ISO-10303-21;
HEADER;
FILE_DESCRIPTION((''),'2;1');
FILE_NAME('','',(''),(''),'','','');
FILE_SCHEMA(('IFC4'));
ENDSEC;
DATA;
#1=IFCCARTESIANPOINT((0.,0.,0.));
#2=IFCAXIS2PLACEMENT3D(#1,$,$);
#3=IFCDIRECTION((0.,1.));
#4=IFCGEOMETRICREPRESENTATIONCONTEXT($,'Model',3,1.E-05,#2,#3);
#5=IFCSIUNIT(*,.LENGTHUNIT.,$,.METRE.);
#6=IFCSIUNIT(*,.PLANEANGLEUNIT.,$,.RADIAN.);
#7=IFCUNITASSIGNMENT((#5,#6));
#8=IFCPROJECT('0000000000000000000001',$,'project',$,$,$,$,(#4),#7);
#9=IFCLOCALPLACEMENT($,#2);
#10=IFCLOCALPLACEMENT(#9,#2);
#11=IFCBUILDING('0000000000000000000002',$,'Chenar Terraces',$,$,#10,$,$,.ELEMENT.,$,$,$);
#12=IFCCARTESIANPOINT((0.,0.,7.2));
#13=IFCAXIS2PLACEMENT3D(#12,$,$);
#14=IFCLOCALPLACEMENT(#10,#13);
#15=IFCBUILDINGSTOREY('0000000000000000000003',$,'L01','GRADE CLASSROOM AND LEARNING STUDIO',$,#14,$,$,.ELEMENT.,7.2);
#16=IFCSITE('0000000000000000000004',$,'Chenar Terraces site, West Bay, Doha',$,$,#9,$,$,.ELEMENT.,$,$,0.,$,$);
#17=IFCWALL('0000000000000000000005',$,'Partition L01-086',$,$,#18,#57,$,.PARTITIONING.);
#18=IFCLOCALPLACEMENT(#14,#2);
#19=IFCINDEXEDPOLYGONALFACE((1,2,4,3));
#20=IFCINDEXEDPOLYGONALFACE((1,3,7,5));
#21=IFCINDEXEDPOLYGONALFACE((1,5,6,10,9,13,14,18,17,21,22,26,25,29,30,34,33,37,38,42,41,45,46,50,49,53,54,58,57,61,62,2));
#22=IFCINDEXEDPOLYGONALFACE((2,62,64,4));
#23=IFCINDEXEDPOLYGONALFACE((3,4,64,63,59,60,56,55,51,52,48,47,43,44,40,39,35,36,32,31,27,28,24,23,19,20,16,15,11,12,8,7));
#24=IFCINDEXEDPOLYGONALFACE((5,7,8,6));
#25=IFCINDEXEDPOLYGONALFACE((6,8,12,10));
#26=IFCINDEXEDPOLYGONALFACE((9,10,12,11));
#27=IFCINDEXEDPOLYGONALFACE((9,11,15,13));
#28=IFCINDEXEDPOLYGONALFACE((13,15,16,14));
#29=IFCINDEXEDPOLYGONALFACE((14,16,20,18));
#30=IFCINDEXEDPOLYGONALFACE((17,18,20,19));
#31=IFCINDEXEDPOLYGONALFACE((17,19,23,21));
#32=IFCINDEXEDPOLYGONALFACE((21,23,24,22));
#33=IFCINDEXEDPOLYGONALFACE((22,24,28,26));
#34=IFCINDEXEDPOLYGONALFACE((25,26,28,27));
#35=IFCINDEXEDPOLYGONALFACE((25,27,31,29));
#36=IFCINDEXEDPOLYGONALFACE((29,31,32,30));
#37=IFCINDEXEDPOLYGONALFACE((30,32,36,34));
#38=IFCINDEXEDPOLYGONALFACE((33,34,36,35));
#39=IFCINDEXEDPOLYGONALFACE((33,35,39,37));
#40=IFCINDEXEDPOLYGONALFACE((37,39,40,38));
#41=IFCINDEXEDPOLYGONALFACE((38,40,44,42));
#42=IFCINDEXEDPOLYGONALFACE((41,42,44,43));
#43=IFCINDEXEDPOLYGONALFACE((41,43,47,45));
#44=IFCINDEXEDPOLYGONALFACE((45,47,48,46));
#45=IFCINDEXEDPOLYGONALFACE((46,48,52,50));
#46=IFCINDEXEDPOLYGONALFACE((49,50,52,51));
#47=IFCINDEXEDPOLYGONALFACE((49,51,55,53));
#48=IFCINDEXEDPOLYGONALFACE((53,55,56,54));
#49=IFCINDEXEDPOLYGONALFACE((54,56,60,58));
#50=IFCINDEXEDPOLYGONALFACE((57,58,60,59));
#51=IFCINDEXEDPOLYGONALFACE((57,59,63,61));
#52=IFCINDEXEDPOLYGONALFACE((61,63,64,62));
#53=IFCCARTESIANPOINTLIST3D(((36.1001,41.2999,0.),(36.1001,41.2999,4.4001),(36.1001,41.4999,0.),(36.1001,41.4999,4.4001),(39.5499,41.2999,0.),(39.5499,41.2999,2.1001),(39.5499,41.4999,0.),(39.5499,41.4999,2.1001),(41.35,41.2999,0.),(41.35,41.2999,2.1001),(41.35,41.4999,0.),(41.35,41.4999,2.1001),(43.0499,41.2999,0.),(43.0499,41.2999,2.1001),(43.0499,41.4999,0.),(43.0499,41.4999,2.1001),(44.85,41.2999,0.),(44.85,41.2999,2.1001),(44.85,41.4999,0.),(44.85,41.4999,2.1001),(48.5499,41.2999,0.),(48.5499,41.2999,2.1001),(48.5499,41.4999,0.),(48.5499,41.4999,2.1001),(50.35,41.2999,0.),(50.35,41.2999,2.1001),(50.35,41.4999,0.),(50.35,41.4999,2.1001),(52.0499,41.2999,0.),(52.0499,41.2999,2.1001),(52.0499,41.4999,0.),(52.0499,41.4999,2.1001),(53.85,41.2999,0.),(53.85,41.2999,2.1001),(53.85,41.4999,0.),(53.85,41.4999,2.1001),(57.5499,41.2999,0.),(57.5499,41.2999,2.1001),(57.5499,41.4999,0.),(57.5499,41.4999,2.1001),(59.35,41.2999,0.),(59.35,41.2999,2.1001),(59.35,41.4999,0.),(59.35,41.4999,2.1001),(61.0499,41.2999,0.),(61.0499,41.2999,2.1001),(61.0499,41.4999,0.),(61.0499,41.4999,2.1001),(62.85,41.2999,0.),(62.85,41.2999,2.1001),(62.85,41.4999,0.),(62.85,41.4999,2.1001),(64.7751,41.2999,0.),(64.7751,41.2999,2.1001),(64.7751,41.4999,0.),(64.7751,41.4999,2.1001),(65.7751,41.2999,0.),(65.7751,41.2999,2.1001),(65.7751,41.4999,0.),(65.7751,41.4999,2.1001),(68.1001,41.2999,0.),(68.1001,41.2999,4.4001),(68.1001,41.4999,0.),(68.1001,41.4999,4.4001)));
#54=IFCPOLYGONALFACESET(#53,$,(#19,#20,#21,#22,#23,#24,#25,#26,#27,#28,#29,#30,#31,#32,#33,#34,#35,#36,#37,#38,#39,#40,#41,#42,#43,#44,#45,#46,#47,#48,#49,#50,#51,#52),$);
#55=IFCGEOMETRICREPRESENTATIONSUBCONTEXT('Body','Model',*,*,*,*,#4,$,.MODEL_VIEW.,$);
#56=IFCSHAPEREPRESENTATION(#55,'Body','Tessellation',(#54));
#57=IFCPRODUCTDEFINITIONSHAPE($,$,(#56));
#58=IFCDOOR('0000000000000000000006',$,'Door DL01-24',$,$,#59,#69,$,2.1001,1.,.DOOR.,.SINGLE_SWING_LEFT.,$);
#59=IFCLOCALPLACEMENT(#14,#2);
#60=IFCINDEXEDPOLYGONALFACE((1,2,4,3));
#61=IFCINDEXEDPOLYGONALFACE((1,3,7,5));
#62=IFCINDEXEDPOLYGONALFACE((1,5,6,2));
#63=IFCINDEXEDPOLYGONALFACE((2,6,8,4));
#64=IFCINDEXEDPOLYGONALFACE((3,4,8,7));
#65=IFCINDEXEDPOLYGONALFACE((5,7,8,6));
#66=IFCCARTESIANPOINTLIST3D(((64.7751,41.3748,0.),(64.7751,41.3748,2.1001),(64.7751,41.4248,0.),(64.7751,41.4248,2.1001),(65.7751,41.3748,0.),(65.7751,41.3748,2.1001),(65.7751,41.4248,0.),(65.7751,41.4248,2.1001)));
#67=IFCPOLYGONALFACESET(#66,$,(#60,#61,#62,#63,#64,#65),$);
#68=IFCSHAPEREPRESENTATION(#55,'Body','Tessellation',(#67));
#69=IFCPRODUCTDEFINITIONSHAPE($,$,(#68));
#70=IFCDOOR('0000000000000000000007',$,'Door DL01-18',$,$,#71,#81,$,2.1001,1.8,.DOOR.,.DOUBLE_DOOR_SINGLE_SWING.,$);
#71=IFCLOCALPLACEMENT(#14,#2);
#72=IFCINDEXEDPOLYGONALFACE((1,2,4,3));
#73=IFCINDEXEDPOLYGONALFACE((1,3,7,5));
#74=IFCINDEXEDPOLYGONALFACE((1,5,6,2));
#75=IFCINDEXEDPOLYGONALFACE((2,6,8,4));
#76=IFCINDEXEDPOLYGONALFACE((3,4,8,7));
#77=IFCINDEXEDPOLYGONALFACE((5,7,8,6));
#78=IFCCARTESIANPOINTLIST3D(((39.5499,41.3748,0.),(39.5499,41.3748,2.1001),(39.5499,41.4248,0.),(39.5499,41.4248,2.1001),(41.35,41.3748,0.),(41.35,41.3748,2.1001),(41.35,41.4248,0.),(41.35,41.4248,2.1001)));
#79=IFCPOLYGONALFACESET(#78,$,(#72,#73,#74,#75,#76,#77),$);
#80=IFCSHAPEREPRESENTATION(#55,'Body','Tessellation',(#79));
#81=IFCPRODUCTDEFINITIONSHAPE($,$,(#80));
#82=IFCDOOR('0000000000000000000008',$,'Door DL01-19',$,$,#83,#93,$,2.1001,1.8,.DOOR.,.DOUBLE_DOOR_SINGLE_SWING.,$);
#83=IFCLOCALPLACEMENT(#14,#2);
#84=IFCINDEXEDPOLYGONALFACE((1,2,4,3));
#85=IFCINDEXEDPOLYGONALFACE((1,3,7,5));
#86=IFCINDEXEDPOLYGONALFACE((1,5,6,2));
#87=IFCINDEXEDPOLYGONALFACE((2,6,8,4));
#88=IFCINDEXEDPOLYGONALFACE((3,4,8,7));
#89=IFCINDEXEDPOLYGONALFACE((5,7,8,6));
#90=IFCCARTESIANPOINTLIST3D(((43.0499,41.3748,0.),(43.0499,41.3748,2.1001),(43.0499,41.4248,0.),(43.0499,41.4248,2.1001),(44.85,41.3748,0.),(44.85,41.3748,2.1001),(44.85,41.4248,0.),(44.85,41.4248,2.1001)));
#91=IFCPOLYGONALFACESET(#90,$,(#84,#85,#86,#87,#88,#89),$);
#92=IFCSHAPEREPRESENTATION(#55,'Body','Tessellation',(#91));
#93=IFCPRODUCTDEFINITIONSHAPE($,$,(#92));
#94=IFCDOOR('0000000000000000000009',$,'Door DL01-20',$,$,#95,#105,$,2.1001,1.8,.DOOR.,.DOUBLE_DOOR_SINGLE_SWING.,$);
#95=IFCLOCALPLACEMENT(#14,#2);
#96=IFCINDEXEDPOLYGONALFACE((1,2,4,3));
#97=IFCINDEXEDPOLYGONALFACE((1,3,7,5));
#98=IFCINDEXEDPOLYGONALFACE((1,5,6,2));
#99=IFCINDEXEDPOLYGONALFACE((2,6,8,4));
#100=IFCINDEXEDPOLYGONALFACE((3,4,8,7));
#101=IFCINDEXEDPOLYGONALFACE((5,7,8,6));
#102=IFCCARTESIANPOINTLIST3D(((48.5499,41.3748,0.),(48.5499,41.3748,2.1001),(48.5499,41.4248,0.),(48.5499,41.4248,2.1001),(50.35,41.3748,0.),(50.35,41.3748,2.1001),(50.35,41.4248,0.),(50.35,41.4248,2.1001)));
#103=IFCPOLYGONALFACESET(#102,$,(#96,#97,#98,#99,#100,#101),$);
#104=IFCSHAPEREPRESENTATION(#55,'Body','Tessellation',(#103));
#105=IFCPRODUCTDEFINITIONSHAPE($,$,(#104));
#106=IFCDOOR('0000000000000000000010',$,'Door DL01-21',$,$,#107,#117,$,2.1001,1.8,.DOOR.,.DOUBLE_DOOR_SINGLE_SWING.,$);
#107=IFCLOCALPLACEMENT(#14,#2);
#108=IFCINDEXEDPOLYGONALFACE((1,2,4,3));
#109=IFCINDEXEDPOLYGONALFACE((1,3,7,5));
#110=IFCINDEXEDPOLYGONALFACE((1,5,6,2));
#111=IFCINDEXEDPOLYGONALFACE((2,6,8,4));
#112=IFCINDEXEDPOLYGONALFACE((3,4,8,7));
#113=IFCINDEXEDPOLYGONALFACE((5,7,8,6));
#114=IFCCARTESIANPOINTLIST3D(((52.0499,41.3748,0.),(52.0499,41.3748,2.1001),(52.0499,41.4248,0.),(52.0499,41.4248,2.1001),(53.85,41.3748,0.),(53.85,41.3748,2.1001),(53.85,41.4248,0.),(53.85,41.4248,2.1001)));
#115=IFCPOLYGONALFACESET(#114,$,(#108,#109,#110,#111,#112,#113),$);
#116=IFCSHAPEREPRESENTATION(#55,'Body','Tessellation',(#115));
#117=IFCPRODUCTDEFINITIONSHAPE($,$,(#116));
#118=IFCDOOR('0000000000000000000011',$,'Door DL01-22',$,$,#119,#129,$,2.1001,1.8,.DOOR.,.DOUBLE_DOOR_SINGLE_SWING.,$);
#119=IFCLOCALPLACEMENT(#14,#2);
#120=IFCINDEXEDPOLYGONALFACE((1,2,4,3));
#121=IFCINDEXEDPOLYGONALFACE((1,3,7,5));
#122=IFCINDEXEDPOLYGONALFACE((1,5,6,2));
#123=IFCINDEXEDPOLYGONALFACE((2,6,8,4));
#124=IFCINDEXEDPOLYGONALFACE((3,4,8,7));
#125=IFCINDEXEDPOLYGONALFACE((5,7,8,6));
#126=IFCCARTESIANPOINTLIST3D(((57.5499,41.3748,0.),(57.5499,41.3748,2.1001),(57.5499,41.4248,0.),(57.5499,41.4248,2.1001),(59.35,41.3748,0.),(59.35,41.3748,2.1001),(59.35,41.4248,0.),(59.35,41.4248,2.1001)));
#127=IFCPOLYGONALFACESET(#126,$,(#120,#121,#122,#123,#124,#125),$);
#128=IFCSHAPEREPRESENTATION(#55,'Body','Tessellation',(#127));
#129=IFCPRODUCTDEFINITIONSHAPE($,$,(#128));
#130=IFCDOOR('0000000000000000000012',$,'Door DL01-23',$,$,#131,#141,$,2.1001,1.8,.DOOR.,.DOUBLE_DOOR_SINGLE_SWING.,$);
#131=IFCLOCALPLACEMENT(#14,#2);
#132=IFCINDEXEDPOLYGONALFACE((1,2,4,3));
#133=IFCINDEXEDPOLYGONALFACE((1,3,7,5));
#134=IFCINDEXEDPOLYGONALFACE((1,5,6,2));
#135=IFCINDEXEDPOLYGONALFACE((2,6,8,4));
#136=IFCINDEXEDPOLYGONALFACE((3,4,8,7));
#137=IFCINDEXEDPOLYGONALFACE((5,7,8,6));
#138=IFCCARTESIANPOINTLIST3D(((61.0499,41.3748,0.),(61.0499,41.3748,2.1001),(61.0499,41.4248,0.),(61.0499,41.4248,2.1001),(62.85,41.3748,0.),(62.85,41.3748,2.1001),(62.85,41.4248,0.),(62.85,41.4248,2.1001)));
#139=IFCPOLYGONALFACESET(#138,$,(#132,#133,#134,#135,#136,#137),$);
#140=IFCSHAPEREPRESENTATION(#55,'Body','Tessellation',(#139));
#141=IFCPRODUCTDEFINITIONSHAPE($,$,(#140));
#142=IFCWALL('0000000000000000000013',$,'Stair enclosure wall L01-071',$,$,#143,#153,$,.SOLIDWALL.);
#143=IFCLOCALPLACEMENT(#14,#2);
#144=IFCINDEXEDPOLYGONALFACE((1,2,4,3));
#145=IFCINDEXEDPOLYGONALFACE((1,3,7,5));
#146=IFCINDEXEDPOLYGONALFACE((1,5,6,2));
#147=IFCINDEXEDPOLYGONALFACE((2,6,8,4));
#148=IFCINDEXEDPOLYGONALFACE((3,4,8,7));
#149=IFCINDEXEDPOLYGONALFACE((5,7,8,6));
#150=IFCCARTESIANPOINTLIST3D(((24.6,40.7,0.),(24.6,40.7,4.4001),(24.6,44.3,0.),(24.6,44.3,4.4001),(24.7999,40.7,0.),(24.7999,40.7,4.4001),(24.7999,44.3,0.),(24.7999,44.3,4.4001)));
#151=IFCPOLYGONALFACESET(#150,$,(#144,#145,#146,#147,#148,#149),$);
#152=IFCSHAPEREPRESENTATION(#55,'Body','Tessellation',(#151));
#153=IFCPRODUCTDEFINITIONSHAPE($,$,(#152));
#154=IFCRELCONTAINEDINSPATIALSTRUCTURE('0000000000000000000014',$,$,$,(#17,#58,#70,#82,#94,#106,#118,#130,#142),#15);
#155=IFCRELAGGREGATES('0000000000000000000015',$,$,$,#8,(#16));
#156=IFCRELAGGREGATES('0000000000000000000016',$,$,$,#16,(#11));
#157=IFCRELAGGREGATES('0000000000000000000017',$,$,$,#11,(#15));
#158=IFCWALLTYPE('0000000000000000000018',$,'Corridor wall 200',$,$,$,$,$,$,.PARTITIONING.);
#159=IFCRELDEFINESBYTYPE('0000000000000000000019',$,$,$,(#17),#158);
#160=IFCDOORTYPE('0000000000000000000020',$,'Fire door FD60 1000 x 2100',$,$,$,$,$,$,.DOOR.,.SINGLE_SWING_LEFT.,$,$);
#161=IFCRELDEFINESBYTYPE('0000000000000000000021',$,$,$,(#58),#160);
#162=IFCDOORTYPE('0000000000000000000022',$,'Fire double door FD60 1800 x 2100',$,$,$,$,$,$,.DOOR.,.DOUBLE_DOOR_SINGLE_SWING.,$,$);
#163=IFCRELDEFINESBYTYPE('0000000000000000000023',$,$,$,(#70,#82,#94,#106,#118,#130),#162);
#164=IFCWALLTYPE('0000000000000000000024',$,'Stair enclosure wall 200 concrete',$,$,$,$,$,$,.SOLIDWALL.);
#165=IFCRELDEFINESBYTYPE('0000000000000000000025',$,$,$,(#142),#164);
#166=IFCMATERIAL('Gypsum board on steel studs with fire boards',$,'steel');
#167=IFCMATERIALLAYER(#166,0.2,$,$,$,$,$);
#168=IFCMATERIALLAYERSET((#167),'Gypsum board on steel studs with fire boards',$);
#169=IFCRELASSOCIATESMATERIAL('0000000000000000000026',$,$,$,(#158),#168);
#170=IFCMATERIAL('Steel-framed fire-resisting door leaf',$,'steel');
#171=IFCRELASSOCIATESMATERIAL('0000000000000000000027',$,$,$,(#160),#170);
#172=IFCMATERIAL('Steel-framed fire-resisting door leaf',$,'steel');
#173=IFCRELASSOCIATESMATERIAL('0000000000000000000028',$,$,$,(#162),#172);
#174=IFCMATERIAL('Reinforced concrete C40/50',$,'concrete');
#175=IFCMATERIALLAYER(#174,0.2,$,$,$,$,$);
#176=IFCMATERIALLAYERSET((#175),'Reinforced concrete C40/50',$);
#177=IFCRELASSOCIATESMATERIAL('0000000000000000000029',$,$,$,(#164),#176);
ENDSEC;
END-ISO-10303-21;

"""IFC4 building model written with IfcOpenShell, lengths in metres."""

from ifc_helpers import new_model, si_unit, direction, frame, frame_2d, origin, place, context, subcontext, project, spatial, rectangle, extrude, material, layer, layer_set, type_object, element, fill, save


model = new_model("IFC4")

# Units and contexts
model_context = context("Model", 3, precision=1e-05, world=origin(), true_north=direction((0.0, 1.0)))
body_context = subcontext(model_context, "Body", "Model", "MODEL_VIEW")
ifc_project = project(units=[si_unit("LENGTHUNIT", "METRE"), si_unit("PLANEANGLEUNIT", "RADIAN")], contexts=[model_context])

# Site, building, storey
site_placement = place(None, origin())
site = spatial("IfcSite", under=ifc_project, at=site_placement, Name="Chenar Terraces site, West Bay, Doha", CompositionType="ELEMENT", RefElevation=0.0)
building_placement = place(site_placement, origin())
building = spatial("IfcBuilding", under=site, at=building_placement, Name="Chenar Terraces", CompositionType="ELEMENT")
storey_placement = place(building_placement, frame((0.0, 0.0, 7.2)))
storey = spatial("IfcBuildingStorey", under=building, at=storey_placement, Name="L01", Description="GRADE CLASSROOM AND LEARNING STUDIO", CompositionType="ELEMENT", Elevation=7.2)

# Shared definitions
ifc_material_1 = material(Name="Gypsum board on steel studs with fire boards", Category="steel")
ifc_layer_1 = layer(ifc_material_1, 0.2)
ifc_layer_set_1 = layer_set([ifc_layer_1], Name="Gypsum board on steel studs with fire boards")
wall_type_1 = type_object("IfcWallType", Name="Corridor wall 200", PredefinedType="PARTITIONING", material=ifc_layer_set_1)
ifc_material_2 = material(Name="Steel-framed fire-resisting door leaf", Category="steel")
door_type_1 = type_object("IfcDoorType", Name="Fire door FD60 1000 x 2100", OperationType="SINGLE_SWING_LEFT", PredefinedType="DOOR", material=ifc_material_2)

# Wall, openings, doors
wall_1_placement = place(storey_placement, frame((36.1001, 41.3999, 0.0), z_axis=(0.0, 0.0, 1.0), x_axis=(1.0, 0.0, 0.0)))
wall_1 = element("IfcWall", 1, at=wall_1_placement, inside=storey, type_object=wall_type_1, Name="Partition L01-086", PredefinedType="PARTITIONING", context=body_context, shape_type="SweptSolid", body=[
    extrude(rectangle(XDim=32.0, YDim=0.2, at=frame_2d((16.0, 0.0))), origin(), (0.0, 0.0, 1.0), 4.4001),
])
opening_1_placement = place(wall_1_placement, frame((3.45, 0.0, 0.0)))
opening_1 = element("IfcOpeningElement", 2, at=opening_1_placement, cuts=wall_1, PredefinedType="OPENING", context=body_context, shape_type="SweptSolid", body=[
    extrude(rectangle(XDim=1.8, YDim=2.1001, at=frame_2d((0.8999, 1.05))), frame((0.0, 0.1099, 0.0), z_axis=(0.0, -1.0, 0.0), x_axis=(1.0, 0.0, 0.0)), (0.0, 0.0, 1.0), 0.22),
])
opening_2_placement = place(wall_1_placement, frame((6.95, 0.0, 0.0)))
opening_2 = element("IfcOpeningElement", 3, at=opening_2_placement, cuts=wall_1, PredefinedType="OPENING", context=body_context, shape_type="SweptSolid", body=[
    extrude(rectangle(XDim=1.8, YDim=2.1001, at=frame_2d((0.8999, 1.05))), frame((0.0, 0.1099, 0.0), z_axis=(0.0, -1.0, 0.0), x_axis=(1.0, 0.0, 0.0)), (0.0, 0.0, 1.0), 0.22),
])
opening_3_placement = place(wall_1_placement, frame((12.45, 0.0, 0.0)))
opening_3 = element("IfcOpeningElement", 4, at=opening_3_placement, cuts=wall_1, PredefinedType="OPENING", context=body_context, shape_type="SweptSolid", body=[
    extrude(rectangle(XDim=1.8, YDim=2.1001, at=frame_2d((0.8999, 1.05))), frame((0.0, 0.1099, 0.0), z_axis=(0.0, -1.0, 0.0), x_axis=(1.0, 0.0, 0.0)), (0.0, 0.0, 1.0), 0.22),
])
opening_4_placement = place(wall_1_placement, frame((15.95, 0.0, 0.0)))
opening_4 = element("IfcOpeningElement", 5, at=opening_4_placement, cuts=wall_1, PredefinedType="OPENING", context=body_context, shape_type="SweptSolid", body=[
    extrude(rectangle(XDim=1.8, YDim=2.1001, at=frame_2d((0.8999, 1.05))), frame((0.0, 0.1099, 0.0), z_axis=(0.0, -1.0, 0.0), x_axis=(1.0, 0.0, 0.0)), (0.0, 0.0, 1.0), 0.22),
])
opening_5_placement = place(wall_1_placement, frame((21.45, 0.0, 0.0)))
opening_5 = element("IfcOpeningElement", 6, at=opening_5_placement, cuts=wall_1, PredefinedType="OPENING", context=body_context, shape_type="SweptSolid", body=[
    extrude(rectangle(XDim=1.8, YDim=2.1001, at=frame_2d((0.8999, 1.05))), frame((0.0, 0.1099, 0.0), z_axis=(0.0, -1.0, 0.0), x_axis=(1.0, 0.0, 0.0)), (0.0, 0.0, 1.0), 0.22),
])
opening_6_placement = place(wall_1_placement, frame((24.95, 0.0, 0.0)))
opening_6 = element("IfcOpeningElement", 7, at=opening_6_placement, cuts=wall_1, PredefinedType="OPENING", context=body_context, shape_type="SweptSolid", body=[
    extrude(rectangle(XDim=1.8, YDim=2.1001, at=frame_2d((0.8999, 1.05))), frame((0.0, 0.1099, 0.0), z_axis=(0.0, -1.0, 0.0), x_axis=(1.0, 0.0, 0.0)), (0.0, 0.0, 1.0), 0.22),
])
opening_7_placement = place(wall_1_placement, frame((28.675, 0.0, 0.0)))
opening_7 = element("IfcOpeningElement", 8, at=opening_7_placement, cuts=wall_1, PredefinedType="OPENING", context=body_context, shape_type="SweptSolid", body=[
    extrude(rectangle(XDim=1.0, YDim=2.1001, at=frame_2d((0.5, 1.05))), frame((0.0, 0.1099, 0.0), z_axis=(0.0, -1.0, 0.0), x_axis=(1.0, 0.0, 0.0)), (0.0, 0.0, 1.0), 0.22),
])
door_1_placement = place(opening_7_placement, origin())
door_1 = element("IfcDoor", 9, at=door_1_placement, inside=storey, type_object=door_type_1, Name="Door DL01-24", OperationType="SINGLE_SWING_LEFT", OverallHeight=2.1001, OverallWidth=1.0, PredefinedType="DOOR", context=body_context, shape_type="SweptSolid", body=[
    extrude(rectangle(XDim=1.0, YDim=2.1001, at=frame_2d((0.5, 1.05))), frame((0.0, 0.0249, 0.0), z_axis=(0.0, -1.0, 0.0), x_axis=(1.0, 0.0, 0.0)), (0.0, 0.0, 1.0), 0.05),
])
fill(opening_7, door_1)
ifc_material_3 = material(Name="Steel-framed fire-resisting door leaf", Category="steel")
door_type_2 = type_object("IfcDoorType", Name="Fire double door FD60 1800 x 2100", OperationType="DOUBLE_DOOR_SINGLE_SWING", PredefinedType="DOOR", material=ifc_material_3)
door_2_placement = place(opening_1_placement, origin())
door_2 = element("IfcDoor", 10, at=door_2_placement, inside=storey, type_object=door_type_2, Name="Door DL01-18", OperationType="DOUBLE_DOOR_SINGLE_SWING", OverallHeight=2.1001, OverallWidth=1.8, PredefinedType="DOOR", context=body_context, shape_type="SweptSolid", body=[
    extrude(rectangle(XDim=1.8, YDim=2.1001, at=frame_2d((0.8999, 1.05))), frame((0.0, 0.0249, 0.0), z_axis=(0.0, -1.0, 0.0), x_axis=(1.0, 0.0, 0.0)), (0.0, 0.0, 1.0), 0.05),
])
fill(opening_1, door_2)
door_3_placement = place(opening_2_placement, origin())
door_3 = element("IfcDoor", 11, at=door_3_placement, inside=storey, type_object=door_type_2, Name="Door DL01-19", OperationType="DOUBLE_DOOR_SINGLE_SWING", OverallHeight=2.1001, OverallWidth=1.8, PredefinedType="DOOR", context=body_context, shape_type="SweptSolid", body=[
    extrude(rectangle(XDim=1.8, YDim=2.1001, at=frame_2d((0.8999, 1.05))), frame((0.0, 0.0249, 0.0), z_axis=(0.0, -1.0, 0.0), x_axis=(1.0, 0.0, 0.0)), (0.0, 0.0, 1.0), 0.05),
])
fill(opening_2, door_3)
door_4_placement = place(opening_3_placement, origin())
door_4 = element("IfcDoor", 12, at=door_4_placement, inside=storey, type_object=door_type_2, Name="Door DL01-20", OperationType="DOUBLE_DOOR_SINGLE_SWING", OverallHeight=2.1001, OverallWidth=1.8, PredefinedType="DOOR", context=body_context, shape_type="SweptSolid", body=[
    extrude(rectangle(XDim=1.8, YDim=2.1001, at=frame_2d((0.8999, 1.05))), frame((0.0, 0.0249, 0.0), z_axis=(0.0, -1.0, 0.0), x_axis=(1.0, 0.0, 0.0)), (0.0, 0.0, 1.0), 0.05),
])
fill(opening_3, door_4)
door_5_placement = place(opening_4_placement, origin())
door_5 = element("IfcDoor", 13, at=door_5_placement, inside=storey, type_object=door_type_2, Name="Door DL01-21", OperationType="DOUBLE_DOOR_SINGLE_SWING", OverallHeight=2.1001, OverallWidth=1.8, PredefinedType="DOOR", context=body_context, shape_type="SweptSolid", body=[
    extrude(rectangle(XDim=1.8, YDim=2.1001, at=frame_2d((0.8999, 1.05))), frame((0.0, 0.0249, 0.0), z_axis=(0.0, -1.0, 0.0), x_axis=(1.0, 0.0, 0.0)), (0.0, 0.0, 1.0), 0.05),
])
fill(opening_4, door_5)
door_6_placement = place(opening_5_placement, origin())
door_6 = element("IfcDoor", 14, at=door_6_placement, inside=storey, type_object=door_type_2, Name="Door DL01-22", OperationType="DOUBLE_DOOR_SINGLE_SWING", OverallHeight=2.1001, OverallWidth=1.8, PredefinedType="DOOR", context=body_context, shape_type="SweptSolid", body=[
    extrude(rectangle(XDim=1.8, YDim=2.1001, at=frame_2d((0.8999, 1.05))), frame((0.0, 0.0249, 0.0), z_axis=(0.0, -1.0, 0.0), x_axis=(1.0, 0.0, 0.0)), (0.0, 0.0, 1.0), 0.05),
])
fill(opening_5, door_6)
door_7_placement = place(opening_6_placement, origin())
door_7 = element("IfcDoor", 15, at=door_7_placement, inside=storey, type_object=door_type_2, Name="Door DL01-23", OperationType="DOUBLE_DOOR_SINGLE_SWING", OverallHeight=2.1001, OverallWidth=1.8, PredefinedType="DOOR", context=body_context, shape_type="SweptSolid", body=[
    extrude(rectangle(XDim=1.8, YDim=2.1001, at=frame_2d((0.8999, 1.05))), frame((0.0, 0.0249, 0.0), z_axis=(0.0, -1.0, 0.0), x_axis=(1.0, 0.0, 0.0)), (0.0, 0.0, 1.0), 0.05),
])
fill(opening_6, door_7)

# Wall
ifc_material_4 = material(Name="Reinforced concrete C40/50", Category="concrete")
ifc_layer_2 = layer(ifc_material_4, 0.2)
ifc_layer_set_2 = layer_set([ifc_layer_2], Name="Reinforced concrete C40/50")
wall_type_2 = type_object("IfcWallType", Name="Stair enclosure wall 200 concrete", PredefinedType="SOLIDWALL", material=ifc_layer_set_2)
wall_2_placement = place(storey_placement, frame((24.7, 40.7, 0.0), z_axis=(0.0, 0.0, 1.0), x_axis=(0.0, 1.0, 0.0)))
element("IfcWall", 16, at=wall_2_placement, inside=storey, type_object=wall_type_2, Name="Stair enclosure wall L01-071", PredefinedType="SOLIDWALL", context=body_context, shape_type="SweptSolid", body=[
    extrude(rectangle(XDim=3.6001, YDim=0.2, at=frame_2d((1.8, 0.0))), origin(), (0.0, 0.0, 1.0), 4.4001),
])

save(model, "model.ifc")
